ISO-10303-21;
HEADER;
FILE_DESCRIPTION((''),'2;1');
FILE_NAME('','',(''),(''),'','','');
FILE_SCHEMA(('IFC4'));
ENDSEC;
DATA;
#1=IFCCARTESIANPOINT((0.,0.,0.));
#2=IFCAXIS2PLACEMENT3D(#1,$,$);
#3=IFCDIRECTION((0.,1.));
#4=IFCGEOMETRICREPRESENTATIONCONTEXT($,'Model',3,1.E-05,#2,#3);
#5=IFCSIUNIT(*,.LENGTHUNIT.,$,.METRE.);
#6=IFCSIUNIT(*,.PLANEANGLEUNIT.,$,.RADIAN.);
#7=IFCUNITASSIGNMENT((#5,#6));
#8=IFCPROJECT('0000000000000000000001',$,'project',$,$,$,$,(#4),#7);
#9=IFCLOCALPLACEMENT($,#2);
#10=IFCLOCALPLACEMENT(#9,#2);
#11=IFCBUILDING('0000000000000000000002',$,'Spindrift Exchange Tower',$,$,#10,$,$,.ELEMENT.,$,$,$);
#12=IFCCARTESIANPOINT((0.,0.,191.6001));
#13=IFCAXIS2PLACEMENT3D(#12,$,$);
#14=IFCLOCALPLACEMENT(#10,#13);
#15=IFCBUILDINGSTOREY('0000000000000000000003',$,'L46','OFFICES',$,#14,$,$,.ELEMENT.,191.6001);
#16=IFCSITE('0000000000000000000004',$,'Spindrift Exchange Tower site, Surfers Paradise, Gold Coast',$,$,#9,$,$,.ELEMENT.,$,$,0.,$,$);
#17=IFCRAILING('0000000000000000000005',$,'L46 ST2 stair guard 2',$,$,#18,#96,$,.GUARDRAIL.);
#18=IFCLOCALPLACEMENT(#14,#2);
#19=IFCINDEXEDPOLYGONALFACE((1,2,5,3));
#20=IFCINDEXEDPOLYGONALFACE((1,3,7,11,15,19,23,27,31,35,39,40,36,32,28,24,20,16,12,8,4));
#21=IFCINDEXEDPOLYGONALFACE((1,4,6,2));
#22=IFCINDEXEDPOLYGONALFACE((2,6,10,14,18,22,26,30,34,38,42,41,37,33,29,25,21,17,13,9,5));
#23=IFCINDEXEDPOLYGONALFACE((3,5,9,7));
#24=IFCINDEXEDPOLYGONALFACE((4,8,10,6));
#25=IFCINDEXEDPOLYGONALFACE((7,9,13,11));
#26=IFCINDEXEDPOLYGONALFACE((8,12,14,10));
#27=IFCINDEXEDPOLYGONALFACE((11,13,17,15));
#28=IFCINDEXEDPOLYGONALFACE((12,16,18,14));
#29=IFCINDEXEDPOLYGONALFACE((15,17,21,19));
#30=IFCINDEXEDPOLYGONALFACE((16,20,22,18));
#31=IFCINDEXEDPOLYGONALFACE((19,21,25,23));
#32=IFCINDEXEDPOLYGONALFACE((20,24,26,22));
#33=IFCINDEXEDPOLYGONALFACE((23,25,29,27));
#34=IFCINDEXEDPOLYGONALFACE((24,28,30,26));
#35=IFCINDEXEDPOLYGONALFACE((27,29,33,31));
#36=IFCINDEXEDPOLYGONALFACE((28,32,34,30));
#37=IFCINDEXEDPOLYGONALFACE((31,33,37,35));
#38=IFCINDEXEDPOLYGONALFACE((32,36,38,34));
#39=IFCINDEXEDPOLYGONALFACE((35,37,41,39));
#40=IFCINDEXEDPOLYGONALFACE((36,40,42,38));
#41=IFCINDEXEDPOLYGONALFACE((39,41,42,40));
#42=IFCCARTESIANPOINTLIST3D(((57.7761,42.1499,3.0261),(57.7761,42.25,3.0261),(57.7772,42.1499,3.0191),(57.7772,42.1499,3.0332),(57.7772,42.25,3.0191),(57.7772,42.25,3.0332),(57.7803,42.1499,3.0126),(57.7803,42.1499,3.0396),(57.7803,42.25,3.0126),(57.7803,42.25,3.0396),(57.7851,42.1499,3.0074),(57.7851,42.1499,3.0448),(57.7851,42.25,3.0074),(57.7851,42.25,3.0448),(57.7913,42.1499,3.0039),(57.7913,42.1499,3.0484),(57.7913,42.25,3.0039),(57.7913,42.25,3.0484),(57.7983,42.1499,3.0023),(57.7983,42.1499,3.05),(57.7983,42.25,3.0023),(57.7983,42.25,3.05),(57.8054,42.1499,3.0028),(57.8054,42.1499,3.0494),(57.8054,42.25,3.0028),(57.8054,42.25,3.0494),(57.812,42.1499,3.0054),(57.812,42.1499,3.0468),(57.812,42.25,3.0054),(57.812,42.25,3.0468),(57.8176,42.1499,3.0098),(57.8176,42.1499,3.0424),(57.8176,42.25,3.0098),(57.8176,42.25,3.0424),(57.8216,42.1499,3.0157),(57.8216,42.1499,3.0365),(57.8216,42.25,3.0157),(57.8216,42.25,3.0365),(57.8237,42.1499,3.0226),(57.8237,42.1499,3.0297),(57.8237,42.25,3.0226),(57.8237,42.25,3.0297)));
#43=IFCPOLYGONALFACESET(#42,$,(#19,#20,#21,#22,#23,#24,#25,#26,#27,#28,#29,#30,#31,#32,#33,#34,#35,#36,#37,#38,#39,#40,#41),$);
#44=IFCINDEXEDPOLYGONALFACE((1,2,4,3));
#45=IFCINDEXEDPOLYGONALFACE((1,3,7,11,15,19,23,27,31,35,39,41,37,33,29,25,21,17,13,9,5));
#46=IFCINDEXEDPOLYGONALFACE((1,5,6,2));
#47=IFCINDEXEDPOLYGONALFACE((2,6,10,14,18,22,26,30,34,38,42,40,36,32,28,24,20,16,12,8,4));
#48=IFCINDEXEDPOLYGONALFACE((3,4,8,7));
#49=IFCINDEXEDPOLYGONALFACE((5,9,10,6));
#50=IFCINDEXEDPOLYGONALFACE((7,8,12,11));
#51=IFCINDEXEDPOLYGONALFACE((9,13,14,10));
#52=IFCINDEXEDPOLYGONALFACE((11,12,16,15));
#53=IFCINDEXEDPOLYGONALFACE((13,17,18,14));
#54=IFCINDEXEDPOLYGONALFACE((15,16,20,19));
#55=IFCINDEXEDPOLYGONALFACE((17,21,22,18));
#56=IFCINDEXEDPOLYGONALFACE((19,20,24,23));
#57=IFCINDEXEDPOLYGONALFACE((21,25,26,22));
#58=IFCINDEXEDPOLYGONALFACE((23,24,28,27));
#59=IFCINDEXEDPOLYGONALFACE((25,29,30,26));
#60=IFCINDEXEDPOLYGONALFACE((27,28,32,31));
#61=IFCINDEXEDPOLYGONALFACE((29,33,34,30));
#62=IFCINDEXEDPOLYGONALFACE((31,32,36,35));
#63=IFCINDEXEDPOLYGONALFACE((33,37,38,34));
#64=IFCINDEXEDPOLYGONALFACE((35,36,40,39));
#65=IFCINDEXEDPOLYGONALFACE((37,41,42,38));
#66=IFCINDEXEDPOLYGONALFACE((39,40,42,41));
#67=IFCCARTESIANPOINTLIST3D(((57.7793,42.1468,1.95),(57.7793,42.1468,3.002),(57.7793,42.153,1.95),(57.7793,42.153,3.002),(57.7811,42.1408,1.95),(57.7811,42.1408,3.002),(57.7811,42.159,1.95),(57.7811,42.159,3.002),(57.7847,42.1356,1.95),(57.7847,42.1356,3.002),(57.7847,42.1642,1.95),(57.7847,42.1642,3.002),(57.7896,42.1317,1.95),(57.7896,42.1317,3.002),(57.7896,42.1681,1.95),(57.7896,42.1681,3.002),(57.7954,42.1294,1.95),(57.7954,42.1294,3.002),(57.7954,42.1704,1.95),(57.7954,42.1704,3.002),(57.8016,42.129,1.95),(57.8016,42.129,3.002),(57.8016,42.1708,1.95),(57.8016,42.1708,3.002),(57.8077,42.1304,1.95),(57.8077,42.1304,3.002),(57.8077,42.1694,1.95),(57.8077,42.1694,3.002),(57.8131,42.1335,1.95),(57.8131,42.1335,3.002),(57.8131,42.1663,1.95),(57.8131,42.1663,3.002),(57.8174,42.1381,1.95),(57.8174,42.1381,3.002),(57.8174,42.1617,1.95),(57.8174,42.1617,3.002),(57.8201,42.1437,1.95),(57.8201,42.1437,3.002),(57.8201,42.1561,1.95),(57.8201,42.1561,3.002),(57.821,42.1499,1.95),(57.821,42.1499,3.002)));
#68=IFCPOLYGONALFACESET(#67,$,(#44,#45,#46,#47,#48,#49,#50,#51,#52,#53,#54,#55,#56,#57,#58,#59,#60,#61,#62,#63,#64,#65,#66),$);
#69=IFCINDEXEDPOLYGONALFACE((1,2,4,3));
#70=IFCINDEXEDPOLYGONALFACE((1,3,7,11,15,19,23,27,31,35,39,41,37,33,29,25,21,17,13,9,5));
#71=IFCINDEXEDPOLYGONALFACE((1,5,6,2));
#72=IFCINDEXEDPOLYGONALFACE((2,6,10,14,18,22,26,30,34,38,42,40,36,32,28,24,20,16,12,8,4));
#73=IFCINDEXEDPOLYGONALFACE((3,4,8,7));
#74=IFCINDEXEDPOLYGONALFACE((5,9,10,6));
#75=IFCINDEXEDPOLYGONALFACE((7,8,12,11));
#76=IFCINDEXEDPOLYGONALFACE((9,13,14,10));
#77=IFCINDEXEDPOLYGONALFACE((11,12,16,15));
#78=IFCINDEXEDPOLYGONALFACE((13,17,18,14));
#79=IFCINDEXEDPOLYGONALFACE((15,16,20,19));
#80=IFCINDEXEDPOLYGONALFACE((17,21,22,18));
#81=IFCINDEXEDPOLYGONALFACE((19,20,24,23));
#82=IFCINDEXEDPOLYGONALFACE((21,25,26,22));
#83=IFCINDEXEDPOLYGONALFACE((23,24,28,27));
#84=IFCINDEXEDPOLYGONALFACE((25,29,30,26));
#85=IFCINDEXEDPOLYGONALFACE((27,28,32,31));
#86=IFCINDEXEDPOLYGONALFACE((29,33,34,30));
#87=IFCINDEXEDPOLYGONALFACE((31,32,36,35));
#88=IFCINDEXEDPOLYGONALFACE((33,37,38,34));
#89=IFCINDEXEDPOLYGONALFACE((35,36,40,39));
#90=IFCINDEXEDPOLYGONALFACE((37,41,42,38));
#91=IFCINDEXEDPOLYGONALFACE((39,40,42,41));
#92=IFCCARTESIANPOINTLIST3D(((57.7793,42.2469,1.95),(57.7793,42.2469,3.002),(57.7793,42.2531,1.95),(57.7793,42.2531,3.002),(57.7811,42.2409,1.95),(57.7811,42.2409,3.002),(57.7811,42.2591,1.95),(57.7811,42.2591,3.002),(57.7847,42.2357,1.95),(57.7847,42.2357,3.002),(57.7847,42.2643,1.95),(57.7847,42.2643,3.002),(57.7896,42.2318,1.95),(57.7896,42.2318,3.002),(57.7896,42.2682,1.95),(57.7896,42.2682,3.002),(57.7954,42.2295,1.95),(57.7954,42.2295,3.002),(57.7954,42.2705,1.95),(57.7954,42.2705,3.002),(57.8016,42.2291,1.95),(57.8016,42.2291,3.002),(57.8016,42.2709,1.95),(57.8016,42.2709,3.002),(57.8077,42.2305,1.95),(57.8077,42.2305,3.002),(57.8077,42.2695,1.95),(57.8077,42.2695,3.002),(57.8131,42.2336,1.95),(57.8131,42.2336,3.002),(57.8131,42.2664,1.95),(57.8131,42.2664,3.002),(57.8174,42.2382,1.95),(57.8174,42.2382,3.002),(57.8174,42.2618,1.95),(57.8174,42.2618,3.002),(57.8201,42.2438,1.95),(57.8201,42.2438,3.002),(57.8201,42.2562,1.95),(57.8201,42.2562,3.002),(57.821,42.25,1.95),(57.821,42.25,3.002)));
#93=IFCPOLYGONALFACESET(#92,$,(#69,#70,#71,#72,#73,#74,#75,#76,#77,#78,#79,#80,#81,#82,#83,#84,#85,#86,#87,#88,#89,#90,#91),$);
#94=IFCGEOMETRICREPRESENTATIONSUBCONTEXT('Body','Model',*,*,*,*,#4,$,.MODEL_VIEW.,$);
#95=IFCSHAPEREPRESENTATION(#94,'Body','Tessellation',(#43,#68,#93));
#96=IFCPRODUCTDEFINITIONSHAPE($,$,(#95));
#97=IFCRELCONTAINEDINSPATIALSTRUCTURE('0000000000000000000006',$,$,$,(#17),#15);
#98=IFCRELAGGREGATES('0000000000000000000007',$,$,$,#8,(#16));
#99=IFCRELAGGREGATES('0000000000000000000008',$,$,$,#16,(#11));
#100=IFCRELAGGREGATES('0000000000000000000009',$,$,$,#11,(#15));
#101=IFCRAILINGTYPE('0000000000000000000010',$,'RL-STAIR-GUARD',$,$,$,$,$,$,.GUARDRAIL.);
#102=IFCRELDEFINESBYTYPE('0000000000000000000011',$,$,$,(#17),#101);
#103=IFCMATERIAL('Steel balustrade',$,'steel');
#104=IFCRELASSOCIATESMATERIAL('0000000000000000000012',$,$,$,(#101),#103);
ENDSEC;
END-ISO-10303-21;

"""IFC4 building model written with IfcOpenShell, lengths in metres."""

from ifc_helpers import new_model, si_unit, direction, frame, origin, origin_2d, place, context, subcontext, project, spatial, circle, extrude, material, type_object, element, save


model = new_model("IFC4")

# Units and contexts
model_context = context("Model", 3, precision=1e-05, world=origin(), true_north=direction((0.0, 1.0)))
body_context = subcontext(model_context, "Body", "Model", "MODEL_VIEW")
ifc_project = project(units=[si_unit("LENGTHUNIT", "METRE"), si_unit("PLANEANGLEUNIT", "RADIAN")], contexts=[model_context])

# Site, building, storey
site_placement = place(None, origin())
site = spatial("IfcSite", under=ifc_project, at=site_placement, Name="Spindrift Exchange Tower site, Surfers Paradise, Gold Coast", CompositionType="ELEMENT", RefElevation=0.0)
building_placement = place(site_placement, origin())
building = spatial("IfcBuilding", under=site, at=building_placement, Name="Spindrift Exchange Tower", CompositionType="ELEMENT")
storey_placement = place(building_placement, frame((0.0, 0.0, 191.6001)))
storey = spatial("IfcBuildingStorey", under=building, at=storey_placement, Name="L46", Description="OFFICES", CompositionType="ELEMENT", Elevation=191.6001)

# Railing
ifc_material_1 = material(Name="Steel balustrade", Category="steel")
railing_type_1 = type_object("IfcRailingType", Name="RL-STAIR-GUARD", PredefinedType="GUARDRAIL", material=ifc_material_1)
railing_1_placement = place(storey_placement, frame((57.8, 42.1499, 1.95)))
element("IfcRailing", 1, at=railing_1_placement, inside=storey, type_object=railing_type_1, Name="L46 ST2 stair guard 2", PredefinedType="GUARDRAIL", context=body_context, shape_type="SweptSolid", body=[
    extrude(circle(Radius=0.0239, at=origin_2d()), frame((0.0, 0.0, 1.0762), z_axis=(0.0, 1.0, 0.0), x_axis=(-1.0, 0.0, 0.0)), (0.0, 0.0, 1.0), 0.1001),
    extrude(circle(Radius=0.021, at=origin_2d()), origin(), (0.0, 0.0, 1.0), 1.052),
    extrude(circle(Radius=0.021, at=origin_2d()), frame((0.0, 0.1001, 0.0)), (0.0, 0.0, 1.0), 1.052),
])

save(model, "model.ifc")
